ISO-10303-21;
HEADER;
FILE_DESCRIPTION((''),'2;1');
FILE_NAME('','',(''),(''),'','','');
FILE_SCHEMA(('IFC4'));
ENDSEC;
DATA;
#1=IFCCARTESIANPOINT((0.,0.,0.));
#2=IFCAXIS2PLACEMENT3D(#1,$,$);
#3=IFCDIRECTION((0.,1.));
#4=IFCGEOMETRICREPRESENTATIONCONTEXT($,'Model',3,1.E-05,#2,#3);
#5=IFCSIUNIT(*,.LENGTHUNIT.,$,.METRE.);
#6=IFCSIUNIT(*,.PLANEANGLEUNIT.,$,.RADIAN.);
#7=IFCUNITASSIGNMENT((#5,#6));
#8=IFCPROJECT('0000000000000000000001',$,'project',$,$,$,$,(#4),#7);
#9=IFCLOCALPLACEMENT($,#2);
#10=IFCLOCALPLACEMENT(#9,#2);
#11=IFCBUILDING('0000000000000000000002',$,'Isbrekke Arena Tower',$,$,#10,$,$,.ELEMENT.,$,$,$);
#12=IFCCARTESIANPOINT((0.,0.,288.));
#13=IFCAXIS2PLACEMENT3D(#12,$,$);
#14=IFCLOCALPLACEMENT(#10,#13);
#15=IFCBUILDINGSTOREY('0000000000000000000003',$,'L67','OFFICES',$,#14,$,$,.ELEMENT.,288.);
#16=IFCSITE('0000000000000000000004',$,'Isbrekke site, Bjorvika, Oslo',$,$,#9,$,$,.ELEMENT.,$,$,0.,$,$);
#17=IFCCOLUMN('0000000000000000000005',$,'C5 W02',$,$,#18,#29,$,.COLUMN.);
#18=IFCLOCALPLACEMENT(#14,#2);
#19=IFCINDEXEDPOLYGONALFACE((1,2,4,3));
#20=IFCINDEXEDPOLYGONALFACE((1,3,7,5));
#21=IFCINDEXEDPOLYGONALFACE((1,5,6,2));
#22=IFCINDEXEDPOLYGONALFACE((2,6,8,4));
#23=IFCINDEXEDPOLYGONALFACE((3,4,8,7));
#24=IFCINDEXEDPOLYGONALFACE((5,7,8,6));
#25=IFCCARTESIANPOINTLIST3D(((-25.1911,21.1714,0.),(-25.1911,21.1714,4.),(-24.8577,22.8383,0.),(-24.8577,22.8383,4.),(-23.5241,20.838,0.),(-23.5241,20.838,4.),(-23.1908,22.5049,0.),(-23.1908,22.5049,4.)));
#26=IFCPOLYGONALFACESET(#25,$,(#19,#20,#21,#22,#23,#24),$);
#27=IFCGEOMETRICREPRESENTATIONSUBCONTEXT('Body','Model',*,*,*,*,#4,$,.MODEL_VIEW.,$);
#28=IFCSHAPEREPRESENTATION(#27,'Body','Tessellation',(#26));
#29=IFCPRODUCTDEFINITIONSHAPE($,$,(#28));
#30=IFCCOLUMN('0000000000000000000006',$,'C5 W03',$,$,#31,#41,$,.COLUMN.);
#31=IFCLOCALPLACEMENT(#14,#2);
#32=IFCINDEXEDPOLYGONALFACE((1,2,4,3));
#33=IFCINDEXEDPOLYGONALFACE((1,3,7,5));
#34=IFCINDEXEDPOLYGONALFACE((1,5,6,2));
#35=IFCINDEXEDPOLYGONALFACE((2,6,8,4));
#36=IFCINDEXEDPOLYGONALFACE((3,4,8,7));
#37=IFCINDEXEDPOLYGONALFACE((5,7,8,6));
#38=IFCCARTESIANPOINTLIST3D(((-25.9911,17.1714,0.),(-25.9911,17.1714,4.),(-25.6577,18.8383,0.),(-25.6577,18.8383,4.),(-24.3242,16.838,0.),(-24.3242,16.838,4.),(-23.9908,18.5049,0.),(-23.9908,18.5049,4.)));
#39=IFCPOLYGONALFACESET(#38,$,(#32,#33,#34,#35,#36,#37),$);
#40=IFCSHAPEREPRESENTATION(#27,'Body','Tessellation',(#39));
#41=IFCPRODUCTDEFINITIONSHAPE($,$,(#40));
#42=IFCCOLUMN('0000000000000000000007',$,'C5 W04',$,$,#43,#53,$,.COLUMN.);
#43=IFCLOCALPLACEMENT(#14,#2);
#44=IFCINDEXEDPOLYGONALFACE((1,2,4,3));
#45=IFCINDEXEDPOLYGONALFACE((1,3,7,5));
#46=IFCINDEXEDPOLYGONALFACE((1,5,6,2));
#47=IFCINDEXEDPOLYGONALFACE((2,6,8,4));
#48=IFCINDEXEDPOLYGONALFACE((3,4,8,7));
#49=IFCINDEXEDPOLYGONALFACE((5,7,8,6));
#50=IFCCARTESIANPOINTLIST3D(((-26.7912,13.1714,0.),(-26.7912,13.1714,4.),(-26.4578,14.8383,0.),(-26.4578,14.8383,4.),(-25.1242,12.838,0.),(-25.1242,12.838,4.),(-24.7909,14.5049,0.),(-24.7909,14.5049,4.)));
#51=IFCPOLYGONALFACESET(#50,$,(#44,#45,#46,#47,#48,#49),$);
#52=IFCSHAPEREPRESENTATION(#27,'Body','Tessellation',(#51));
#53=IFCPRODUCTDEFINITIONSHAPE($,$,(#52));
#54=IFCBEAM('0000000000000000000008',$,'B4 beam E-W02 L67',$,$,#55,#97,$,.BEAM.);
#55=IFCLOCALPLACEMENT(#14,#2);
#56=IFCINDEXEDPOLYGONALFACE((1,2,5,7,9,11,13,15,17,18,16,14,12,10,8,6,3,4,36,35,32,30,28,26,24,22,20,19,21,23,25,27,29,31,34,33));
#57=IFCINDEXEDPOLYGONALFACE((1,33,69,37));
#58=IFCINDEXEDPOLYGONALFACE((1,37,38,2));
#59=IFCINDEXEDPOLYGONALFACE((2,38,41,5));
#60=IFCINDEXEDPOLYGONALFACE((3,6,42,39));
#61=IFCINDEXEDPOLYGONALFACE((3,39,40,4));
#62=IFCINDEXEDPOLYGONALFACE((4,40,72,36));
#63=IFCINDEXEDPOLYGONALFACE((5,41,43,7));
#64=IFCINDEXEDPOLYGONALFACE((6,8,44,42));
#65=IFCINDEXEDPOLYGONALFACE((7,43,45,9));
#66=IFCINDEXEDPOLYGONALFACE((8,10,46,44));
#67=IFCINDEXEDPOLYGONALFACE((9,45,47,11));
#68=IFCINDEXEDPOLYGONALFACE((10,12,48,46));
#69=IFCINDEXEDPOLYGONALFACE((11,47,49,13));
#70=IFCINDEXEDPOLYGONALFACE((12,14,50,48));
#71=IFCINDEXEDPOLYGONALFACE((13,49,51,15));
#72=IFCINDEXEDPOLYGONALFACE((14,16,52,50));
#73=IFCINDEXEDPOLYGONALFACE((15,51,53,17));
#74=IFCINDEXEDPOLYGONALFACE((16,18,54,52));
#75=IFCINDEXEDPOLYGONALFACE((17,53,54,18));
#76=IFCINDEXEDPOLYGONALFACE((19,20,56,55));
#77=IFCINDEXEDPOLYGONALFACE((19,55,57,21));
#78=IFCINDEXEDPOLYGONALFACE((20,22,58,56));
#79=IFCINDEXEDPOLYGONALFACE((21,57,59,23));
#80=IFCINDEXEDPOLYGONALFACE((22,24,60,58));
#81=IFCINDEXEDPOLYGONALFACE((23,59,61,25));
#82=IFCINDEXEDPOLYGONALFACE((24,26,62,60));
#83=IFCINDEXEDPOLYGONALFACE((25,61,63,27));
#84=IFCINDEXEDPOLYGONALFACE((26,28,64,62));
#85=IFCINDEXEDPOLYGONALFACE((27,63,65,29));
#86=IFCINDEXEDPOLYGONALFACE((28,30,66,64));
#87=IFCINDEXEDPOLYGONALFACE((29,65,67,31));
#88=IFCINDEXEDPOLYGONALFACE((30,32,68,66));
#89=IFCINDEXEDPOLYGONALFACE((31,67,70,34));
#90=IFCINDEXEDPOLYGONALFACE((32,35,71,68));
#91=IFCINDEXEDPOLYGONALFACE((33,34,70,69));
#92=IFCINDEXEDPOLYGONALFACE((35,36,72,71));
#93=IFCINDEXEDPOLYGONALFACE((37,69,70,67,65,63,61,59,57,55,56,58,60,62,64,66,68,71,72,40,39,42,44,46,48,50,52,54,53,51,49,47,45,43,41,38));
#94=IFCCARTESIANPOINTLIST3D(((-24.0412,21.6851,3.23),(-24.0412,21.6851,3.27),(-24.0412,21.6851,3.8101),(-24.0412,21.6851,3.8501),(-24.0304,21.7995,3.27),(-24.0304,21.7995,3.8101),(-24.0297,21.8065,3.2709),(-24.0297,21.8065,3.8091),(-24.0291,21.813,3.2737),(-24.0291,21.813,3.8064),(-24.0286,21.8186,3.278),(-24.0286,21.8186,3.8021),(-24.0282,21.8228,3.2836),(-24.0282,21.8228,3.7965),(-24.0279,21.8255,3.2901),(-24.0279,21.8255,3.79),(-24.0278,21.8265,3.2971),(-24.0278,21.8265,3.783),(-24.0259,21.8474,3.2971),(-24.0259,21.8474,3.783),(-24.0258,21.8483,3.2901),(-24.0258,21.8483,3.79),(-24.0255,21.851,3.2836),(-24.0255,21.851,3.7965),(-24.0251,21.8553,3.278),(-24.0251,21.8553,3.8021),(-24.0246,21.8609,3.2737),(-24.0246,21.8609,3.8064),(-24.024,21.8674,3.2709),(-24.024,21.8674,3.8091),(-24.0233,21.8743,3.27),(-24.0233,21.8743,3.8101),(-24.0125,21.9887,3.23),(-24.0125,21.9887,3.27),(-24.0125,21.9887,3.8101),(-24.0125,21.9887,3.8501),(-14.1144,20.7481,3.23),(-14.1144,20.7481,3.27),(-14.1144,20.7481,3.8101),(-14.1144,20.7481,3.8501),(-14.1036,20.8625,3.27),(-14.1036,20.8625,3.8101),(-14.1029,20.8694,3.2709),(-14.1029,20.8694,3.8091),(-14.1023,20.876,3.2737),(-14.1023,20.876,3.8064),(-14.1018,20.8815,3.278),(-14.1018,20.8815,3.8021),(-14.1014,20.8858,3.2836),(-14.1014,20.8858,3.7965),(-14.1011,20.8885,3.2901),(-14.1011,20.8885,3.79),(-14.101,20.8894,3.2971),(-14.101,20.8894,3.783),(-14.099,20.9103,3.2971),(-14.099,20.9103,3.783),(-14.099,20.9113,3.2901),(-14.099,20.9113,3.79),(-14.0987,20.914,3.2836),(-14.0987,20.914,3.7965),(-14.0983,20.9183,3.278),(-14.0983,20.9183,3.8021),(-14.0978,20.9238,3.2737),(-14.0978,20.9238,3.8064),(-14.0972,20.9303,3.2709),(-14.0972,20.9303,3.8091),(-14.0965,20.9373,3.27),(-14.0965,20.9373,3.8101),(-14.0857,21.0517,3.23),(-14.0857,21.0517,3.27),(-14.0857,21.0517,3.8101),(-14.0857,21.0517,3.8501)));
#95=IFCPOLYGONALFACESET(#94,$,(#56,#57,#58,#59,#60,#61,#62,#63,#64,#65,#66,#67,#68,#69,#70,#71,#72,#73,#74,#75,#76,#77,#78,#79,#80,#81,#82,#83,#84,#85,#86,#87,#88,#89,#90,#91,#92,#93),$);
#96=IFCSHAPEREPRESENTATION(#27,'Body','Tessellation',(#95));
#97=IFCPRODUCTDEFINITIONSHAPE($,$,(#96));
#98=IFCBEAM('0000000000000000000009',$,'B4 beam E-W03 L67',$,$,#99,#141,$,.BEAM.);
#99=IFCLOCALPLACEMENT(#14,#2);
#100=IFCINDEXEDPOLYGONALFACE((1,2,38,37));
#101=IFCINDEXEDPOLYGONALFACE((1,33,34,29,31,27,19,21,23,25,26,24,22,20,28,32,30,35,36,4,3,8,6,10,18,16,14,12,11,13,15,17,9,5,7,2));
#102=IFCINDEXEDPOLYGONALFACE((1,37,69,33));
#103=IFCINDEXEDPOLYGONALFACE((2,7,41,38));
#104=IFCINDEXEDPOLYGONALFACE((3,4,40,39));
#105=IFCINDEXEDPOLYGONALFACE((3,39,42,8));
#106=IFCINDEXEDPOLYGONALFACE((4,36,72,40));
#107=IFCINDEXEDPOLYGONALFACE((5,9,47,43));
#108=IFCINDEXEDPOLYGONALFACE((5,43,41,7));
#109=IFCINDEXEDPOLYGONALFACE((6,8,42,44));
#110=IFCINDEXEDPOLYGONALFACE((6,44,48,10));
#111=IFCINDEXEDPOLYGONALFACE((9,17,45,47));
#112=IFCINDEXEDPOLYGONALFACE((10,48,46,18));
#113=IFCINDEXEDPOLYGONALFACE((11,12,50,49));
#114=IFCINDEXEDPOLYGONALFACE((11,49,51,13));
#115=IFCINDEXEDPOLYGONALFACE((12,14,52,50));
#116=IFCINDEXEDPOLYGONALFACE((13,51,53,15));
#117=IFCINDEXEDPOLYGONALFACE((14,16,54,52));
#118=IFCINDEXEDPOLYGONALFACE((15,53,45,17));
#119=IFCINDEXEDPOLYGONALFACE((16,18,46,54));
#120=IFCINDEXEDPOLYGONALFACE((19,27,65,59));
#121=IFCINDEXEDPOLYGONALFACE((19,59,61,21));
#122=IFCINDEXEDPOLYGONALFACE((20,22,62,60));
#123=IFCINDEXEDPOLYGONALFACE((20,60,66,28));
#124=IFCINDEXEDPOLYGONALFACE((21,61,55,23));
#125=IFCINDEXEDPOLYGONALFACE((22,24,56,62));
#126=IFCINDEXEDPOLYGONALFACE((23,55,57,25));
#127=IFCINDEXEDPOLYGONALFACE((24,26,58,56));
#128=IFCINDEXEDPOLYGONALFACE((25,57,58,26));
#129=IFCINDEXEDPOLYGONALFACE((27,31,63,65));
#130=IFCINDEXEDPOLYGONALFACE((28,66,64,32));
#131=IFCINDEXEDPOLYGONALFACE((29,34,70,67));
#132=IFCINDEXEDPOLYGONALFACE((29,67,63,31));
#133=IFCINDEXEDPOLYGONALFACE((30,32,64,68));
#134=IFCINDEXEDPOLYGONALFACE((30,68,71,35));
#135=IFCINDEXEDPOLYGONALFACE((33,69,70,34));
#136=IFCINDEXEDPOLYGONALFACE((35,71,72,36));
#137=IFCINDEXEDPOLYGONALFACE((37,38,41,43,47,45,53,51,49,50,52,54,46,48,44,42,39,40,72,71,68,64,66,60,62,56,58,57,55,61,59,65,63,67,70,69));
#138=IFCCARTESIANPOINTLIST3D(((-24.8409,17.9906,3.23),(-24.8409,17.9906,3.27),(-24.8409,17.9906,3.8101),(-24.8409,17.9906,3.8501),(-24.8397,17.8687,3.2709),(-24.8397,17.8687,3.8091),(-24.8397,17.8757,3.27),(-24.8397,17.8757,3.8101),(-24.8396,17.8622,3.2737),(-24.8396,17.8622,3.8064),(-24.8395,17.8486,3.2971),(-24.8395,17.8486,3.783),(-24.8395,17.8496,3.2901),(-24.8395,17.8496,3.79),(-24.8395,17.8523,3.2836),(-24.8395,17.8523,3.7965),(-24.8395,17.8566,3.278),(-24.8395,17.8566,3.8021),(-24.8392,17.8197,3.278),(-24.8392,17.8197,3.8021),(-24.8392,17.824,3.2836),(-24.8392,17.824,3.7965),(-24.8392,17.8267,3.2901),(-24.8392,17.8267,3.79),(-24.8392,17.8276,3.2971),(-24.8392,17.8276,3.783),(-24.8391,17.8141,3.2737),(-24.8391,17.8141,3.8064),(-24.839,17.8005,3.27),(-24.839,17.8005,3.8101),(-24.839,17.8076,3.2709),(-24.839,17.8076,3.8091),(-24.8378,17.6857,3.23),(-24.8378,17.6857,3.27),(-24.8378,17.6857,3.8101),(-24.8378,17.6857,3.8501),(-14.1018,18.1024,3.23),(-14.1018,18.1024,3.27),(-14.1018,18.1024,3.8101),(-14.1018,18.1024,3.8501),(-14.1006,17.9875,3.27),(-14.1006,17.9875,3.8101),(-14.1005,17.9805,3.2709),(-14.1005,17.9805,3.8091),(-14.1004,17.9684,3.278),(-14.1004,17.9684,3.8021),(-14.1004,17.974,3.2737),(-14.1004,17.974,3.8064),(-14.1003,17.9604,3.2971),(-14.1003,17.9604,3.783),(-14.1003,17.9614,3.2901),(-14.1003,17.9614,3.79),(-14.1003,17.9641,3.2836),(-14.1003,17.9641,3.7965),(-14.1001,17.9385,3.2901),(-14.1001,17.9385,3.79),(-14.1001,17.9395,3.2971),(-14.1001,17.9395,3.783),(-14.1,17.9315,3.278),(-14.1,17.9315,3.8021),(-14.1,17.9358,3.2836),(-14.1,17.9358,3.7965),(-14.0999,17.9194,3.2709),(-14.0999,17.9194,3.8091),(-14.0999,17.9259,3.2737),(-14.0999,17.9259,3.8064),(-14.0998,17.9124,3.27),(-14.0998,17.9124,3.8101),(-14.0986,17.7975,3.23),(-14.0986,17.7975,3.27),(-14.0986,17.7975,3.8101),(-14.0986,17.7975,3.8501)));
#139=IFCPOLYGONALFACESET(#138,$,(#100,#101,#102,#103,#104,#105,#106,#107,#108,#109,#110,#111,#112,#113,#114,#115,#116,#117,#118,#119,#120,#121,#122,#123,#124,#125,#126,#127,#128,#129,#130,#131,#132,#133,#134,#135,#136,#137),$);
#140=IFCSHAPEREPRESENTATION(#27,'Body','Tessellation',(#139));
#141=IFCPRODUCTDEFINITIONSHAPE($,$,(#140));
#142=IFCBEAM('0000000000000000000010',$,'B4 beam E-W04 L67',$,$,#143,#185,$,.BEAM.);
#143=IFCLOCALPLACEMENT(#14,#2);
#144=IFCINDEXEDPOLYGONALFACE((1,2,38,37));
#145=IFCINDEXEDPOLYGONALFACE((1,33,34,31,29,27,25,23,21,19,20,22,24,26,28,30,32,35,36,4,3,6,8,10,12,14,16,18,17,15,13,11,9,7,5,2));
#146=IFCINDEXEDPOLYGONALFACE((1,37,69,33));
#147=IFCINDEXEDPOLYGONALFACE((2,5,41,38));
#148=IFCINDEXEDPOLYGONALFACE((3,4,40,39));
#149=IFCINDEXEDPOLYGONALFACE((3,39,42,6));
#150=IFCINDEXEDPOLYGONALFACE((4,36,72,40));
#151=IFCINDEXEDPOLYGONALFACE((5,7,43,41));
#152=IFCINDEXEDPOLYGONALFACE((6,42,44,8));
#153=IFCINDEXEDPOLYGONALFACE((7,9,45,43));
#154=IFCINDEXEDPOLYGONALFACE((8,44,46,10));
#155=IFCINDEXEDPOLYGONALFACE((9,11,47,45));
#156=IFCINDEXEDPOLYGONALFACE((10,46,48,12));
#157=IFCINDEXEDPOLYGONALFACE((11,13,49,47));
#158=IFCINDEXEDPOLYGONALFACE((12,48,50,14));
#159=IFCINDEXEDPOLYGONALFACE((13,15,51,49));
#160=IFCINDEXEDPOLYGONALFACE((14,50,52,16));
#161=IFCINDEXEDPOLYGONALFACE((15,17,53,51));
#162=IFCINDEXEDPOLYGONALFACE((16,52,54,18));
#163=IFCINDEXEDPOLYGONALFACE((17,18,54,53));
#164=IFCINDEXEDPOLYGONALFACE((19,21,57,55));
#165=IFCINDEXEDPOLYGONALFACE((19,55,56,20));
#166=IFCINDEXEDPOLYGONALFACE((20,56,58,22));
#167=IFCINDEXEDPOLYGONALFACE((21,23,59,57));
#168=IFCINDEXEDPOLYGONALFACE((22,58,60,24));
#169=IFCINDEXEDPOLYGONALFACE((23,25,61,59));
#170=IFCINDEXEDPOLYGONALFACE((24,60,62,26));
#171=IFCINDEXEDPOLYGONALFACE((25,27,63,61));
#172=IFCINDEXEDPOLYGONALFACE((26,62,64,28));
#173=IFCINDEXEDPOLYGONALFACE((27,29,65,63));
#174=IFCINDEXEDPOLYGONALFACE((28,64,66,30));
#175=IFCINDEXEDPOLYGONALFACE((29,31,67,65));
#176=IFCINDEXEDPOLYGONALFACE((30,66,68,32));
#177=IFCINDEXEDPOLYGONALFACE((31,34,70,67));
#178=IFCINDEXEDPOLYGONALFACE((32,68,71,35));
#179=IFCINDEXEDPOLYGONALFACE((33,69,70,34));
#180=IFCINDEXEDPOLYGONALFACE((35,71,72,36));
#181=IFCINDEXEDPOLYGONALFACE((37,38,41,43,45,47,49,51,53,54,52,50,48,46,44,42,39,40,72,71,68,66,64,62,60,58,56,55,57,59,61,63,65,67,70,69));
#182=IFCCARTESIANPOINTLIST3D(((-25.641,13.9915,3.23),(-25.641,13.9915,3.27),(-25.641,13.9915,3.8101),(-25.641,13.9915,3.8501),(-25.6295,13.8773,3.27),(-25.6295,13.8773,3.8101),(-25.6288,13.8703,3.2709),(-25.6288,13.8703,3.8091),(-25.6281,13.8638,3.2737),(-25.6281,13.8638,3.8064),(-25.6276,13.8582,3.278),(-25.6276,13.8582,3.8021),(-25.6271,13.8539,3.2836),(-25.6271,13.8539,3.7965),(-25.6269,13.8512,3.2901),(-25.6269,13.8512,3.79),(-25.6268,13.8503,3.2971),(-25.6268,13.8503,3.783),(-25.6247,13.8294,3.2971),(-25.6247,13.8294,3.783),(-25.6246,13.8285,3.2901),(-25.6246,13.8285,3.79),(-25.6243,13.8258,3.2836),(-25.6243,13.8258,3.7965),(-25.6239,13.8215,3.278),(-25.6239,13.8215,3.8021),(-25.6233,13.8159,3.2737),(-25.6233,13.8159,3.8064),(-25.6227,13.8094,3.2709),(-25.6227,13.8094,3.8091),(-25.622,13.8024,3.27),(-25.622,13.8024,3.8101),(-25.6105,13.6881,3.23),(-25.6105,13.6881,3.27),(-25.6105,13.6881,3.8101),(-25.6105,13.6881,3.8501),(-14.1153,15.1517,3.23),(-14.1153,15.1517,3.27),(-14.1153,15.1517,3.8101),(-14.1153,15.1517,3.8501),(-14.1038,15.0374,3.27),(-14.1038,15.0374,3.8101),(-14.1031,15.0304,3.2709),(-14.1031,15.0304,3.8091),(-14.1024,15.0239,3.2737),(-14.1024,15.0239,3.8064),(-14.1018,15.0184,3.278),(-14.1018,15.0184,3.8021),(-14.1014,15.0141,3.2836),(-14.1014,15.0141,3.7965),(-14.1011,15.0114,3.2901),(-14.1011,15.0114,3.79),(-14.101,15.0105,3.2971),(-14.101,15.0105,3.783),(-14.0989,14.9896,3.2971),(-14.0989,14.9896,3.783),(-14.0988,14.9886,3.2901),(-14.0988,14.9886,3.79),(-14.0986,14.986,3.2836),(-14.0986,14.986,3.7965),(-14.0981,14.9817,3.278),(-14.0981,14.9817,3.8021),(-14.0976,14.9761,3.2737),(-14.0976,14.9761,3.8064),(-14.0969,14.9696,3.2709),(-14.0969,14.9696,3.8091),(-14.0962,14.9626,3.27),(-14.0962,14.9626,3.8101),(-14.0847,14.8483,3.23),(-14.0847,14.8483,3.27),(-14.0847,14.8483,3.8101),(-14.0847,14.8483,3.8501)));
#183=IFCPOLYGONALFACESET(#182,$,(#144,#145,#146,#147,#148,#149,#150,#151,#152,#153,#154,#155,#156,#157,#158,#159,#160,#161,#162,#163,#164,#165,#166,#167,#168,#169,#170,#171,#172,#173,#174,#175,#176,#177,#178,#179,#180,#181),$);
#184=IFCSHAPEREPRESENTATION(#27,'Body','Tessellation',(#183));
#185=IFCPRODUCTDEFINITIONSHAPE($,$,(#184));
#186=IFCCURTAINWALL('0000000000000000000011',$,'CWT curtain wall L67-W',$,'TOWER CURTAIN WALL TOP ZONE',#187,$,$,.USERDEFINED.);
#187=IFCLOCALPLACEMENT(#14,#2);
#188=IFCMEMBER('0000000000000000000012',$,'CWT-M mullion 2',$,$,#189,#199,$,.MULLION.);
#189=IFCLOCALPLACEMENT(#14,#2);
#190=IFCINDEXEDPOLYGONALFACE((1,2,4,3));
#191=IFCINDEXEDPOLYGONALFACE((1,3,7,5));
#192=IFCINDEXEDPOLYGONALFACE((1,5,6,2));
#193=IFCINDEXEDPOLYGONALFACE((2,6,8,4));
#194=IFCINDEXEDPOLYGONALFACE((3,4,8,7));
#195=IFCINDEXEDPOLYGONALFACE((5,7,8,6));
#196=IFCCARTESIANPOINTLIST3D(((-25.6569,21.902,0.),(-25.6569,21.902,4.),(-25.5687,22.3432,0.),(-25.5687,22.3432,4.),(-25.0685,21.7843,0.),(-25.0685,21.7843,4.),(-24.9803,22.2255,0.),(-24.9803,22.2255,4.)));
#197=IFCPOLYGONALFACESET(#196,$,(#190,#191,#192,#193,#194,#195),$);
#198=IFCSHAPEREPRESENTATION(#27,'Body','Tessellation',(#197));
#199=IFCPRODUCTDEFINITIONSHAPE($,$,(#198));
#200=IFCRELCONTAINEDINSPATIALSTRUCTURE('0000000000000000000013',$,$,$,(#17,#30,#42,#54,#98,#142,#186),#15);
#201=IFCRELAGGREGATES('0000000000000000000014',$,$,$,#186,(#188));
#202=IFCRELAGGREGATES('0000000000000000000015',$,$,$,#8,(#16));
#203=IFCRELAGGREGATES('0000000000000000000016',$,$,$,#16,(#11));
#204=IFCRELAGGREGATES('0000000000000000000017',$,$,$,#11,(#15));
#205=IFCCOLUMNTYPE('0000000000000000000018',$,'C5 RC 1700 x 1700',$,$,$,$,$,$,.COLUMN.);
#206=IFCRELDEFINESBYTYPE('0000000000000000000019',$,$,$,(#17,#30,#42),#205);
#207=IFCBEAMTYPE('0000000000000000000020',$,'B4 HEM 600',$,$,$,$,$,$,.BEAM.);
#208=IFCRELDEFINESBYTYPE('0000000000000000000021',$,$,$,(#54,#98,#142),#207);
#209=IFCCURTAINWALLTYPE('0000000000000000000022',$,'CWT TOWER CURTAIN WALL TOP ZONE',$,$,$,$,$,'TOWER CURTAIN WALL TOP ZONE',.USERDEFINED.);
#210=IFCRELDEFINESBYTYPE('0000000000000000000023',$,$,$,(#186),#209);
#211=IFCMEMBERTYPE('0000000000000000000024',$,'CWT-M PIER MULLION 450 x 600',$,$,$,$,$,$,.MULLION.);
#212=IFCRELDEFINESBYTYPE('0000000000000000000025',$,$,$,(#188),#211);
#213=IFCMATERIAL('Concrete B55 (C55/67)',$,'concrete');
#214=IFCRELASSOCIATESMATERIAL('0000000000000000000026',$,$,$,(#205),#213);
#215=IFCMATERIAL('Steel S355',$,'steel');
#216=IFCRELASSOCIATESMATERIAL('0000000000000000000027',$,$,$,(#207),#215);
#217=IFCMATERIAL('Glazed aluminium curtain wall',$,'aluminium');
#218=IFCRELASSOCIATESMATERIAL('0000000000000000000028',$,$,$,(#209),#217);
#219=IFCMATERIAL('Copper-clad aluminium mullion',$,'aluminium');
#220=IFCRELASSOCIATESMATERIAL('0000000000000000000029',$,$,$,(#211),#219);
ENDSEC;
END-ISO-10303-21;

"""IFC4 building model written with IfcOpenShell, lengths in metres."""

from ifc_helpers import new_model, si_unit, direction, frame, origin, origin_2d, place, context, subcontext, project, spatial, rectangle, i_section, extrude, material, material_profile, profile_set, type_object, element, aggregate, save


model = new_model("IFC4")

# Units and contexts
model_context = context("Model", 3, precision=1e-05, world=origin(), true_north=direction((0.0, 1.0)))
body_context = subcontext(model_context, "Body", "Model", "MODEL_VIEW")
ifc_project = project(units=[si_unit("LENGTHUNIT", "METRE"), si_unit("PLANEANGLEUNIT", "RADIAN")], contexts=[model_context])

# Site, building, storey
site_placement = place(None, origin())
site = spatial("IfcSite", under=ifc_project, at=site_placement, Name="Isbrekke site, Bjorvika, Oslo", CompositionType="ELEMENT", RefElevation=0.0)
building_placement = place(site_placement, origin())
building = spatial("IfcBuilding", under=site, at=building_placement, Name="Isbrekke Arena Tower", CompositionType="ELEMENT")
storey_placement = place(building_placement, frame((0.0, 0.0, 288.0)))
storey = spatial("IfcBuildingStorey", under=building, at=storey_placement, Name="L67", Description="OFFICES", CompositionType="ELEMENT", Elevation=288.0)

# Columns
ifc_material_1 = material(Name="Concrete B55 (C55/67)", Category="concrete")
ifc_material_profile_1 = material_profile(ifc_material_1, rectangle(XDim=1.7, YDim=1.7, at=origin_2d()), Name="RC 1700x1700")
ifc_profile_set_1 = profile_set([ifc_material_profile_1], Name="Concrete B55 (C55/67)")
column_type = type_object("IfcColumnType", Name="C5 RC 1700 x 1700", PredefinedType="COLUMN", material=ifc_profile_set_1)
for number, where, z_axis, x_axis, name in (
    (1, (-24.1909, 21.8381, 0.0), (0.0, 0.0, 1.0), (-0.196116, -0.980581, 0.0), "C5 W02"),
    (2, (-24.991, 17.8381, 0.0), (0.0, 0.0, 1.0), (-0.196116, -0.980581, 0.0), "C5 W03"),
    (3, (-25.791, 13.8381, 0.0), (0.0, 0.0, 1.0), (-0.196116, -0.980581, 0.0), "C5 W04"),
):
    element("IfcColumn", number, at=place(storey_placement, frame(where, z_axis=z_axis, x_axis=x_axis)), inside=storey, type_object=column_type, Name=name, PredefinedType="COLUMN", context=body_context, shape_type="SweptSolid", body=[
        extrude(rectangle(XDim=1.7, YDim=1.7, at=origin_2d()), origin(), (0.0, 0.0, 1.0), 4.0),
    ])

# Beams
ifc_material_2 = material(Name="Steel S355", Category="steel")
ifc_material_profile_2 = material_profile(ifc_material_2, i_section(OverallWidth=0.3049, OverallDepth=0.6201, WebThickness=0.021, FlangeThickness=0.04, FilletRadius=0.0271, at=origin_2d()), Name="HEM 600")
ifc_profile_set_2 = profile_set([ifc_material_profile_2], Name="Steel S355")
beam_type_1 = type_object("IfcBeamType", Name="B4 HEM 600", PredefinedType="BEAM", material=ifc_profile_set_2)
beam_1_placement = place(storey_placement, frame((-24.0269, 21.8369, 3.54), z_axis=(0.995575, -0.093975, 0.0), x_axis=(0.093975, 0.995575, 0.0)))
element("IfcBeam", 4, at=beam_1_placement, inside=storey, type_object=beam_type_1, Name="B4 beam E-W02 L67", PredefinedType="BEAM", context=body_context, shape_type="SweptSolid", body=[
    extrude(i_section(OverallWidth=0.3049, OverallDepth=0.6201, WebThickness=0.021, FlangeThickness=0.04, FilletRadius=0.0271, at=origin_2d()), origin(), (0.0, 0.0, 1.0), 9.9709),
])
beam_2_placement = place(storey_placement, frame((-24.8394, 17.8381, 3.54), z_axis=(0.999946, 0.010411, 0.0), x_axis=(-0.010411, 0.999946, 0.0)))
element("IfcBeam", 5, at=beam_2_placement, inside=storey, type_object=beam_type_1, Name="B4 beam E-W03 L67", PredefinedType="BEAM", context=body_context, shape_type="SweptSolid", body=[
    extrude(i_section(OverallWidth=0.3049, OverallDepth=0.6201, WebThickness=0.021, FlangeThickness=0.04, FilletRadius=0.0271, at=origin_2d()), origin(), (0.0, 0.0, 1.0), 10.7397),
])
beam_3_placement = place(storey_placement, frame((-25.6257, 13.8398, 3.54), z_axis=(0.994972, 0.100153, 0.0), x_axis=(-0.100153, 0.994972, 0.0)))
element("IfcBeam", 6, at=beam_3_placement, inside=storey, type_object=beam_type_1, Name="B4 beam E-W04 L67", PredefinedType="BEAM", context=body_context, shape_type="SweptSolid", body=[
    extrude(i_section(OverallWidth=0.3049, OverallDepth=0.6201, WebThickness=0.021, FlangeThickness=0.04, FilletRadius=0.0271, at=origin_2d()), origin(), (0.0, 0.0, 1.0), 11.584),
])

# Curtain wall, member
ifc_material_3 = material(Name="Glazed aluminium curtain wall", Category="aluminium")
curtain_wall_type = type_object("IfcCurtainWallType", Name="CWT TOWER CURTAIN WALL TOP ZONE", ElementType="TOWER CURTAIN WALL TOP ZONE", PredefinedType="USERDEFINED", material=ifc_material_3)
curtain_wall_placement = place(storey_placement, origin())
curtain_wall = element("IfcCurtainWall", 7, at=curtain_wall_placement, inside=storey, type_object=curtain_wall_type, Name="CWT curtain wall L67-W", ObjectType="TOWER CURTAIN WALL TOP ZONE", PredefinedType="USERDEFINED")
ifc_material_4 = material(Name="Copper-clad aluminium mullion", Category="aluminium")
ifc_material_profile_3 = material_profile(ifc_material_4, rectangle(XDim=0.45, YDim=0.6001, at=origin_2d()), Name="PIER 450X600")
ifc_profile_set_3 = profile_set([ifc_material_profile_3], Name="Copper-clad aluminium mullion")
member_type_1 = type_object("IfcMemberType", Name="CWT-M PIER MULLION 450 x 600", PredefinedType="MULLION", material=ifc_profile_set_3)
member_1_placement = place(storey_placement, frame((-25.3186, 22.0637, 0.0), z_axis=(0.0, 0.0, 1.0), x_axis=(-0.196116, -0.980581, 0.0)))
member_1 = element("IfcMember", 8, at=member_1_placement, type_object=member_type_1, Name="CWT-M mullion 2", PredefinedType="MULLION", context=body_context, shape_type="SweptSolid", body=[
    extrude(rectangle(XDim=0.45, YDim=0.6001, at=origin_2d()), origin(), (0.0, 0.0, 1.0), 4.0),
])

aggregate(curtain_wall, [member_1])

save(model, "model.ifc")
